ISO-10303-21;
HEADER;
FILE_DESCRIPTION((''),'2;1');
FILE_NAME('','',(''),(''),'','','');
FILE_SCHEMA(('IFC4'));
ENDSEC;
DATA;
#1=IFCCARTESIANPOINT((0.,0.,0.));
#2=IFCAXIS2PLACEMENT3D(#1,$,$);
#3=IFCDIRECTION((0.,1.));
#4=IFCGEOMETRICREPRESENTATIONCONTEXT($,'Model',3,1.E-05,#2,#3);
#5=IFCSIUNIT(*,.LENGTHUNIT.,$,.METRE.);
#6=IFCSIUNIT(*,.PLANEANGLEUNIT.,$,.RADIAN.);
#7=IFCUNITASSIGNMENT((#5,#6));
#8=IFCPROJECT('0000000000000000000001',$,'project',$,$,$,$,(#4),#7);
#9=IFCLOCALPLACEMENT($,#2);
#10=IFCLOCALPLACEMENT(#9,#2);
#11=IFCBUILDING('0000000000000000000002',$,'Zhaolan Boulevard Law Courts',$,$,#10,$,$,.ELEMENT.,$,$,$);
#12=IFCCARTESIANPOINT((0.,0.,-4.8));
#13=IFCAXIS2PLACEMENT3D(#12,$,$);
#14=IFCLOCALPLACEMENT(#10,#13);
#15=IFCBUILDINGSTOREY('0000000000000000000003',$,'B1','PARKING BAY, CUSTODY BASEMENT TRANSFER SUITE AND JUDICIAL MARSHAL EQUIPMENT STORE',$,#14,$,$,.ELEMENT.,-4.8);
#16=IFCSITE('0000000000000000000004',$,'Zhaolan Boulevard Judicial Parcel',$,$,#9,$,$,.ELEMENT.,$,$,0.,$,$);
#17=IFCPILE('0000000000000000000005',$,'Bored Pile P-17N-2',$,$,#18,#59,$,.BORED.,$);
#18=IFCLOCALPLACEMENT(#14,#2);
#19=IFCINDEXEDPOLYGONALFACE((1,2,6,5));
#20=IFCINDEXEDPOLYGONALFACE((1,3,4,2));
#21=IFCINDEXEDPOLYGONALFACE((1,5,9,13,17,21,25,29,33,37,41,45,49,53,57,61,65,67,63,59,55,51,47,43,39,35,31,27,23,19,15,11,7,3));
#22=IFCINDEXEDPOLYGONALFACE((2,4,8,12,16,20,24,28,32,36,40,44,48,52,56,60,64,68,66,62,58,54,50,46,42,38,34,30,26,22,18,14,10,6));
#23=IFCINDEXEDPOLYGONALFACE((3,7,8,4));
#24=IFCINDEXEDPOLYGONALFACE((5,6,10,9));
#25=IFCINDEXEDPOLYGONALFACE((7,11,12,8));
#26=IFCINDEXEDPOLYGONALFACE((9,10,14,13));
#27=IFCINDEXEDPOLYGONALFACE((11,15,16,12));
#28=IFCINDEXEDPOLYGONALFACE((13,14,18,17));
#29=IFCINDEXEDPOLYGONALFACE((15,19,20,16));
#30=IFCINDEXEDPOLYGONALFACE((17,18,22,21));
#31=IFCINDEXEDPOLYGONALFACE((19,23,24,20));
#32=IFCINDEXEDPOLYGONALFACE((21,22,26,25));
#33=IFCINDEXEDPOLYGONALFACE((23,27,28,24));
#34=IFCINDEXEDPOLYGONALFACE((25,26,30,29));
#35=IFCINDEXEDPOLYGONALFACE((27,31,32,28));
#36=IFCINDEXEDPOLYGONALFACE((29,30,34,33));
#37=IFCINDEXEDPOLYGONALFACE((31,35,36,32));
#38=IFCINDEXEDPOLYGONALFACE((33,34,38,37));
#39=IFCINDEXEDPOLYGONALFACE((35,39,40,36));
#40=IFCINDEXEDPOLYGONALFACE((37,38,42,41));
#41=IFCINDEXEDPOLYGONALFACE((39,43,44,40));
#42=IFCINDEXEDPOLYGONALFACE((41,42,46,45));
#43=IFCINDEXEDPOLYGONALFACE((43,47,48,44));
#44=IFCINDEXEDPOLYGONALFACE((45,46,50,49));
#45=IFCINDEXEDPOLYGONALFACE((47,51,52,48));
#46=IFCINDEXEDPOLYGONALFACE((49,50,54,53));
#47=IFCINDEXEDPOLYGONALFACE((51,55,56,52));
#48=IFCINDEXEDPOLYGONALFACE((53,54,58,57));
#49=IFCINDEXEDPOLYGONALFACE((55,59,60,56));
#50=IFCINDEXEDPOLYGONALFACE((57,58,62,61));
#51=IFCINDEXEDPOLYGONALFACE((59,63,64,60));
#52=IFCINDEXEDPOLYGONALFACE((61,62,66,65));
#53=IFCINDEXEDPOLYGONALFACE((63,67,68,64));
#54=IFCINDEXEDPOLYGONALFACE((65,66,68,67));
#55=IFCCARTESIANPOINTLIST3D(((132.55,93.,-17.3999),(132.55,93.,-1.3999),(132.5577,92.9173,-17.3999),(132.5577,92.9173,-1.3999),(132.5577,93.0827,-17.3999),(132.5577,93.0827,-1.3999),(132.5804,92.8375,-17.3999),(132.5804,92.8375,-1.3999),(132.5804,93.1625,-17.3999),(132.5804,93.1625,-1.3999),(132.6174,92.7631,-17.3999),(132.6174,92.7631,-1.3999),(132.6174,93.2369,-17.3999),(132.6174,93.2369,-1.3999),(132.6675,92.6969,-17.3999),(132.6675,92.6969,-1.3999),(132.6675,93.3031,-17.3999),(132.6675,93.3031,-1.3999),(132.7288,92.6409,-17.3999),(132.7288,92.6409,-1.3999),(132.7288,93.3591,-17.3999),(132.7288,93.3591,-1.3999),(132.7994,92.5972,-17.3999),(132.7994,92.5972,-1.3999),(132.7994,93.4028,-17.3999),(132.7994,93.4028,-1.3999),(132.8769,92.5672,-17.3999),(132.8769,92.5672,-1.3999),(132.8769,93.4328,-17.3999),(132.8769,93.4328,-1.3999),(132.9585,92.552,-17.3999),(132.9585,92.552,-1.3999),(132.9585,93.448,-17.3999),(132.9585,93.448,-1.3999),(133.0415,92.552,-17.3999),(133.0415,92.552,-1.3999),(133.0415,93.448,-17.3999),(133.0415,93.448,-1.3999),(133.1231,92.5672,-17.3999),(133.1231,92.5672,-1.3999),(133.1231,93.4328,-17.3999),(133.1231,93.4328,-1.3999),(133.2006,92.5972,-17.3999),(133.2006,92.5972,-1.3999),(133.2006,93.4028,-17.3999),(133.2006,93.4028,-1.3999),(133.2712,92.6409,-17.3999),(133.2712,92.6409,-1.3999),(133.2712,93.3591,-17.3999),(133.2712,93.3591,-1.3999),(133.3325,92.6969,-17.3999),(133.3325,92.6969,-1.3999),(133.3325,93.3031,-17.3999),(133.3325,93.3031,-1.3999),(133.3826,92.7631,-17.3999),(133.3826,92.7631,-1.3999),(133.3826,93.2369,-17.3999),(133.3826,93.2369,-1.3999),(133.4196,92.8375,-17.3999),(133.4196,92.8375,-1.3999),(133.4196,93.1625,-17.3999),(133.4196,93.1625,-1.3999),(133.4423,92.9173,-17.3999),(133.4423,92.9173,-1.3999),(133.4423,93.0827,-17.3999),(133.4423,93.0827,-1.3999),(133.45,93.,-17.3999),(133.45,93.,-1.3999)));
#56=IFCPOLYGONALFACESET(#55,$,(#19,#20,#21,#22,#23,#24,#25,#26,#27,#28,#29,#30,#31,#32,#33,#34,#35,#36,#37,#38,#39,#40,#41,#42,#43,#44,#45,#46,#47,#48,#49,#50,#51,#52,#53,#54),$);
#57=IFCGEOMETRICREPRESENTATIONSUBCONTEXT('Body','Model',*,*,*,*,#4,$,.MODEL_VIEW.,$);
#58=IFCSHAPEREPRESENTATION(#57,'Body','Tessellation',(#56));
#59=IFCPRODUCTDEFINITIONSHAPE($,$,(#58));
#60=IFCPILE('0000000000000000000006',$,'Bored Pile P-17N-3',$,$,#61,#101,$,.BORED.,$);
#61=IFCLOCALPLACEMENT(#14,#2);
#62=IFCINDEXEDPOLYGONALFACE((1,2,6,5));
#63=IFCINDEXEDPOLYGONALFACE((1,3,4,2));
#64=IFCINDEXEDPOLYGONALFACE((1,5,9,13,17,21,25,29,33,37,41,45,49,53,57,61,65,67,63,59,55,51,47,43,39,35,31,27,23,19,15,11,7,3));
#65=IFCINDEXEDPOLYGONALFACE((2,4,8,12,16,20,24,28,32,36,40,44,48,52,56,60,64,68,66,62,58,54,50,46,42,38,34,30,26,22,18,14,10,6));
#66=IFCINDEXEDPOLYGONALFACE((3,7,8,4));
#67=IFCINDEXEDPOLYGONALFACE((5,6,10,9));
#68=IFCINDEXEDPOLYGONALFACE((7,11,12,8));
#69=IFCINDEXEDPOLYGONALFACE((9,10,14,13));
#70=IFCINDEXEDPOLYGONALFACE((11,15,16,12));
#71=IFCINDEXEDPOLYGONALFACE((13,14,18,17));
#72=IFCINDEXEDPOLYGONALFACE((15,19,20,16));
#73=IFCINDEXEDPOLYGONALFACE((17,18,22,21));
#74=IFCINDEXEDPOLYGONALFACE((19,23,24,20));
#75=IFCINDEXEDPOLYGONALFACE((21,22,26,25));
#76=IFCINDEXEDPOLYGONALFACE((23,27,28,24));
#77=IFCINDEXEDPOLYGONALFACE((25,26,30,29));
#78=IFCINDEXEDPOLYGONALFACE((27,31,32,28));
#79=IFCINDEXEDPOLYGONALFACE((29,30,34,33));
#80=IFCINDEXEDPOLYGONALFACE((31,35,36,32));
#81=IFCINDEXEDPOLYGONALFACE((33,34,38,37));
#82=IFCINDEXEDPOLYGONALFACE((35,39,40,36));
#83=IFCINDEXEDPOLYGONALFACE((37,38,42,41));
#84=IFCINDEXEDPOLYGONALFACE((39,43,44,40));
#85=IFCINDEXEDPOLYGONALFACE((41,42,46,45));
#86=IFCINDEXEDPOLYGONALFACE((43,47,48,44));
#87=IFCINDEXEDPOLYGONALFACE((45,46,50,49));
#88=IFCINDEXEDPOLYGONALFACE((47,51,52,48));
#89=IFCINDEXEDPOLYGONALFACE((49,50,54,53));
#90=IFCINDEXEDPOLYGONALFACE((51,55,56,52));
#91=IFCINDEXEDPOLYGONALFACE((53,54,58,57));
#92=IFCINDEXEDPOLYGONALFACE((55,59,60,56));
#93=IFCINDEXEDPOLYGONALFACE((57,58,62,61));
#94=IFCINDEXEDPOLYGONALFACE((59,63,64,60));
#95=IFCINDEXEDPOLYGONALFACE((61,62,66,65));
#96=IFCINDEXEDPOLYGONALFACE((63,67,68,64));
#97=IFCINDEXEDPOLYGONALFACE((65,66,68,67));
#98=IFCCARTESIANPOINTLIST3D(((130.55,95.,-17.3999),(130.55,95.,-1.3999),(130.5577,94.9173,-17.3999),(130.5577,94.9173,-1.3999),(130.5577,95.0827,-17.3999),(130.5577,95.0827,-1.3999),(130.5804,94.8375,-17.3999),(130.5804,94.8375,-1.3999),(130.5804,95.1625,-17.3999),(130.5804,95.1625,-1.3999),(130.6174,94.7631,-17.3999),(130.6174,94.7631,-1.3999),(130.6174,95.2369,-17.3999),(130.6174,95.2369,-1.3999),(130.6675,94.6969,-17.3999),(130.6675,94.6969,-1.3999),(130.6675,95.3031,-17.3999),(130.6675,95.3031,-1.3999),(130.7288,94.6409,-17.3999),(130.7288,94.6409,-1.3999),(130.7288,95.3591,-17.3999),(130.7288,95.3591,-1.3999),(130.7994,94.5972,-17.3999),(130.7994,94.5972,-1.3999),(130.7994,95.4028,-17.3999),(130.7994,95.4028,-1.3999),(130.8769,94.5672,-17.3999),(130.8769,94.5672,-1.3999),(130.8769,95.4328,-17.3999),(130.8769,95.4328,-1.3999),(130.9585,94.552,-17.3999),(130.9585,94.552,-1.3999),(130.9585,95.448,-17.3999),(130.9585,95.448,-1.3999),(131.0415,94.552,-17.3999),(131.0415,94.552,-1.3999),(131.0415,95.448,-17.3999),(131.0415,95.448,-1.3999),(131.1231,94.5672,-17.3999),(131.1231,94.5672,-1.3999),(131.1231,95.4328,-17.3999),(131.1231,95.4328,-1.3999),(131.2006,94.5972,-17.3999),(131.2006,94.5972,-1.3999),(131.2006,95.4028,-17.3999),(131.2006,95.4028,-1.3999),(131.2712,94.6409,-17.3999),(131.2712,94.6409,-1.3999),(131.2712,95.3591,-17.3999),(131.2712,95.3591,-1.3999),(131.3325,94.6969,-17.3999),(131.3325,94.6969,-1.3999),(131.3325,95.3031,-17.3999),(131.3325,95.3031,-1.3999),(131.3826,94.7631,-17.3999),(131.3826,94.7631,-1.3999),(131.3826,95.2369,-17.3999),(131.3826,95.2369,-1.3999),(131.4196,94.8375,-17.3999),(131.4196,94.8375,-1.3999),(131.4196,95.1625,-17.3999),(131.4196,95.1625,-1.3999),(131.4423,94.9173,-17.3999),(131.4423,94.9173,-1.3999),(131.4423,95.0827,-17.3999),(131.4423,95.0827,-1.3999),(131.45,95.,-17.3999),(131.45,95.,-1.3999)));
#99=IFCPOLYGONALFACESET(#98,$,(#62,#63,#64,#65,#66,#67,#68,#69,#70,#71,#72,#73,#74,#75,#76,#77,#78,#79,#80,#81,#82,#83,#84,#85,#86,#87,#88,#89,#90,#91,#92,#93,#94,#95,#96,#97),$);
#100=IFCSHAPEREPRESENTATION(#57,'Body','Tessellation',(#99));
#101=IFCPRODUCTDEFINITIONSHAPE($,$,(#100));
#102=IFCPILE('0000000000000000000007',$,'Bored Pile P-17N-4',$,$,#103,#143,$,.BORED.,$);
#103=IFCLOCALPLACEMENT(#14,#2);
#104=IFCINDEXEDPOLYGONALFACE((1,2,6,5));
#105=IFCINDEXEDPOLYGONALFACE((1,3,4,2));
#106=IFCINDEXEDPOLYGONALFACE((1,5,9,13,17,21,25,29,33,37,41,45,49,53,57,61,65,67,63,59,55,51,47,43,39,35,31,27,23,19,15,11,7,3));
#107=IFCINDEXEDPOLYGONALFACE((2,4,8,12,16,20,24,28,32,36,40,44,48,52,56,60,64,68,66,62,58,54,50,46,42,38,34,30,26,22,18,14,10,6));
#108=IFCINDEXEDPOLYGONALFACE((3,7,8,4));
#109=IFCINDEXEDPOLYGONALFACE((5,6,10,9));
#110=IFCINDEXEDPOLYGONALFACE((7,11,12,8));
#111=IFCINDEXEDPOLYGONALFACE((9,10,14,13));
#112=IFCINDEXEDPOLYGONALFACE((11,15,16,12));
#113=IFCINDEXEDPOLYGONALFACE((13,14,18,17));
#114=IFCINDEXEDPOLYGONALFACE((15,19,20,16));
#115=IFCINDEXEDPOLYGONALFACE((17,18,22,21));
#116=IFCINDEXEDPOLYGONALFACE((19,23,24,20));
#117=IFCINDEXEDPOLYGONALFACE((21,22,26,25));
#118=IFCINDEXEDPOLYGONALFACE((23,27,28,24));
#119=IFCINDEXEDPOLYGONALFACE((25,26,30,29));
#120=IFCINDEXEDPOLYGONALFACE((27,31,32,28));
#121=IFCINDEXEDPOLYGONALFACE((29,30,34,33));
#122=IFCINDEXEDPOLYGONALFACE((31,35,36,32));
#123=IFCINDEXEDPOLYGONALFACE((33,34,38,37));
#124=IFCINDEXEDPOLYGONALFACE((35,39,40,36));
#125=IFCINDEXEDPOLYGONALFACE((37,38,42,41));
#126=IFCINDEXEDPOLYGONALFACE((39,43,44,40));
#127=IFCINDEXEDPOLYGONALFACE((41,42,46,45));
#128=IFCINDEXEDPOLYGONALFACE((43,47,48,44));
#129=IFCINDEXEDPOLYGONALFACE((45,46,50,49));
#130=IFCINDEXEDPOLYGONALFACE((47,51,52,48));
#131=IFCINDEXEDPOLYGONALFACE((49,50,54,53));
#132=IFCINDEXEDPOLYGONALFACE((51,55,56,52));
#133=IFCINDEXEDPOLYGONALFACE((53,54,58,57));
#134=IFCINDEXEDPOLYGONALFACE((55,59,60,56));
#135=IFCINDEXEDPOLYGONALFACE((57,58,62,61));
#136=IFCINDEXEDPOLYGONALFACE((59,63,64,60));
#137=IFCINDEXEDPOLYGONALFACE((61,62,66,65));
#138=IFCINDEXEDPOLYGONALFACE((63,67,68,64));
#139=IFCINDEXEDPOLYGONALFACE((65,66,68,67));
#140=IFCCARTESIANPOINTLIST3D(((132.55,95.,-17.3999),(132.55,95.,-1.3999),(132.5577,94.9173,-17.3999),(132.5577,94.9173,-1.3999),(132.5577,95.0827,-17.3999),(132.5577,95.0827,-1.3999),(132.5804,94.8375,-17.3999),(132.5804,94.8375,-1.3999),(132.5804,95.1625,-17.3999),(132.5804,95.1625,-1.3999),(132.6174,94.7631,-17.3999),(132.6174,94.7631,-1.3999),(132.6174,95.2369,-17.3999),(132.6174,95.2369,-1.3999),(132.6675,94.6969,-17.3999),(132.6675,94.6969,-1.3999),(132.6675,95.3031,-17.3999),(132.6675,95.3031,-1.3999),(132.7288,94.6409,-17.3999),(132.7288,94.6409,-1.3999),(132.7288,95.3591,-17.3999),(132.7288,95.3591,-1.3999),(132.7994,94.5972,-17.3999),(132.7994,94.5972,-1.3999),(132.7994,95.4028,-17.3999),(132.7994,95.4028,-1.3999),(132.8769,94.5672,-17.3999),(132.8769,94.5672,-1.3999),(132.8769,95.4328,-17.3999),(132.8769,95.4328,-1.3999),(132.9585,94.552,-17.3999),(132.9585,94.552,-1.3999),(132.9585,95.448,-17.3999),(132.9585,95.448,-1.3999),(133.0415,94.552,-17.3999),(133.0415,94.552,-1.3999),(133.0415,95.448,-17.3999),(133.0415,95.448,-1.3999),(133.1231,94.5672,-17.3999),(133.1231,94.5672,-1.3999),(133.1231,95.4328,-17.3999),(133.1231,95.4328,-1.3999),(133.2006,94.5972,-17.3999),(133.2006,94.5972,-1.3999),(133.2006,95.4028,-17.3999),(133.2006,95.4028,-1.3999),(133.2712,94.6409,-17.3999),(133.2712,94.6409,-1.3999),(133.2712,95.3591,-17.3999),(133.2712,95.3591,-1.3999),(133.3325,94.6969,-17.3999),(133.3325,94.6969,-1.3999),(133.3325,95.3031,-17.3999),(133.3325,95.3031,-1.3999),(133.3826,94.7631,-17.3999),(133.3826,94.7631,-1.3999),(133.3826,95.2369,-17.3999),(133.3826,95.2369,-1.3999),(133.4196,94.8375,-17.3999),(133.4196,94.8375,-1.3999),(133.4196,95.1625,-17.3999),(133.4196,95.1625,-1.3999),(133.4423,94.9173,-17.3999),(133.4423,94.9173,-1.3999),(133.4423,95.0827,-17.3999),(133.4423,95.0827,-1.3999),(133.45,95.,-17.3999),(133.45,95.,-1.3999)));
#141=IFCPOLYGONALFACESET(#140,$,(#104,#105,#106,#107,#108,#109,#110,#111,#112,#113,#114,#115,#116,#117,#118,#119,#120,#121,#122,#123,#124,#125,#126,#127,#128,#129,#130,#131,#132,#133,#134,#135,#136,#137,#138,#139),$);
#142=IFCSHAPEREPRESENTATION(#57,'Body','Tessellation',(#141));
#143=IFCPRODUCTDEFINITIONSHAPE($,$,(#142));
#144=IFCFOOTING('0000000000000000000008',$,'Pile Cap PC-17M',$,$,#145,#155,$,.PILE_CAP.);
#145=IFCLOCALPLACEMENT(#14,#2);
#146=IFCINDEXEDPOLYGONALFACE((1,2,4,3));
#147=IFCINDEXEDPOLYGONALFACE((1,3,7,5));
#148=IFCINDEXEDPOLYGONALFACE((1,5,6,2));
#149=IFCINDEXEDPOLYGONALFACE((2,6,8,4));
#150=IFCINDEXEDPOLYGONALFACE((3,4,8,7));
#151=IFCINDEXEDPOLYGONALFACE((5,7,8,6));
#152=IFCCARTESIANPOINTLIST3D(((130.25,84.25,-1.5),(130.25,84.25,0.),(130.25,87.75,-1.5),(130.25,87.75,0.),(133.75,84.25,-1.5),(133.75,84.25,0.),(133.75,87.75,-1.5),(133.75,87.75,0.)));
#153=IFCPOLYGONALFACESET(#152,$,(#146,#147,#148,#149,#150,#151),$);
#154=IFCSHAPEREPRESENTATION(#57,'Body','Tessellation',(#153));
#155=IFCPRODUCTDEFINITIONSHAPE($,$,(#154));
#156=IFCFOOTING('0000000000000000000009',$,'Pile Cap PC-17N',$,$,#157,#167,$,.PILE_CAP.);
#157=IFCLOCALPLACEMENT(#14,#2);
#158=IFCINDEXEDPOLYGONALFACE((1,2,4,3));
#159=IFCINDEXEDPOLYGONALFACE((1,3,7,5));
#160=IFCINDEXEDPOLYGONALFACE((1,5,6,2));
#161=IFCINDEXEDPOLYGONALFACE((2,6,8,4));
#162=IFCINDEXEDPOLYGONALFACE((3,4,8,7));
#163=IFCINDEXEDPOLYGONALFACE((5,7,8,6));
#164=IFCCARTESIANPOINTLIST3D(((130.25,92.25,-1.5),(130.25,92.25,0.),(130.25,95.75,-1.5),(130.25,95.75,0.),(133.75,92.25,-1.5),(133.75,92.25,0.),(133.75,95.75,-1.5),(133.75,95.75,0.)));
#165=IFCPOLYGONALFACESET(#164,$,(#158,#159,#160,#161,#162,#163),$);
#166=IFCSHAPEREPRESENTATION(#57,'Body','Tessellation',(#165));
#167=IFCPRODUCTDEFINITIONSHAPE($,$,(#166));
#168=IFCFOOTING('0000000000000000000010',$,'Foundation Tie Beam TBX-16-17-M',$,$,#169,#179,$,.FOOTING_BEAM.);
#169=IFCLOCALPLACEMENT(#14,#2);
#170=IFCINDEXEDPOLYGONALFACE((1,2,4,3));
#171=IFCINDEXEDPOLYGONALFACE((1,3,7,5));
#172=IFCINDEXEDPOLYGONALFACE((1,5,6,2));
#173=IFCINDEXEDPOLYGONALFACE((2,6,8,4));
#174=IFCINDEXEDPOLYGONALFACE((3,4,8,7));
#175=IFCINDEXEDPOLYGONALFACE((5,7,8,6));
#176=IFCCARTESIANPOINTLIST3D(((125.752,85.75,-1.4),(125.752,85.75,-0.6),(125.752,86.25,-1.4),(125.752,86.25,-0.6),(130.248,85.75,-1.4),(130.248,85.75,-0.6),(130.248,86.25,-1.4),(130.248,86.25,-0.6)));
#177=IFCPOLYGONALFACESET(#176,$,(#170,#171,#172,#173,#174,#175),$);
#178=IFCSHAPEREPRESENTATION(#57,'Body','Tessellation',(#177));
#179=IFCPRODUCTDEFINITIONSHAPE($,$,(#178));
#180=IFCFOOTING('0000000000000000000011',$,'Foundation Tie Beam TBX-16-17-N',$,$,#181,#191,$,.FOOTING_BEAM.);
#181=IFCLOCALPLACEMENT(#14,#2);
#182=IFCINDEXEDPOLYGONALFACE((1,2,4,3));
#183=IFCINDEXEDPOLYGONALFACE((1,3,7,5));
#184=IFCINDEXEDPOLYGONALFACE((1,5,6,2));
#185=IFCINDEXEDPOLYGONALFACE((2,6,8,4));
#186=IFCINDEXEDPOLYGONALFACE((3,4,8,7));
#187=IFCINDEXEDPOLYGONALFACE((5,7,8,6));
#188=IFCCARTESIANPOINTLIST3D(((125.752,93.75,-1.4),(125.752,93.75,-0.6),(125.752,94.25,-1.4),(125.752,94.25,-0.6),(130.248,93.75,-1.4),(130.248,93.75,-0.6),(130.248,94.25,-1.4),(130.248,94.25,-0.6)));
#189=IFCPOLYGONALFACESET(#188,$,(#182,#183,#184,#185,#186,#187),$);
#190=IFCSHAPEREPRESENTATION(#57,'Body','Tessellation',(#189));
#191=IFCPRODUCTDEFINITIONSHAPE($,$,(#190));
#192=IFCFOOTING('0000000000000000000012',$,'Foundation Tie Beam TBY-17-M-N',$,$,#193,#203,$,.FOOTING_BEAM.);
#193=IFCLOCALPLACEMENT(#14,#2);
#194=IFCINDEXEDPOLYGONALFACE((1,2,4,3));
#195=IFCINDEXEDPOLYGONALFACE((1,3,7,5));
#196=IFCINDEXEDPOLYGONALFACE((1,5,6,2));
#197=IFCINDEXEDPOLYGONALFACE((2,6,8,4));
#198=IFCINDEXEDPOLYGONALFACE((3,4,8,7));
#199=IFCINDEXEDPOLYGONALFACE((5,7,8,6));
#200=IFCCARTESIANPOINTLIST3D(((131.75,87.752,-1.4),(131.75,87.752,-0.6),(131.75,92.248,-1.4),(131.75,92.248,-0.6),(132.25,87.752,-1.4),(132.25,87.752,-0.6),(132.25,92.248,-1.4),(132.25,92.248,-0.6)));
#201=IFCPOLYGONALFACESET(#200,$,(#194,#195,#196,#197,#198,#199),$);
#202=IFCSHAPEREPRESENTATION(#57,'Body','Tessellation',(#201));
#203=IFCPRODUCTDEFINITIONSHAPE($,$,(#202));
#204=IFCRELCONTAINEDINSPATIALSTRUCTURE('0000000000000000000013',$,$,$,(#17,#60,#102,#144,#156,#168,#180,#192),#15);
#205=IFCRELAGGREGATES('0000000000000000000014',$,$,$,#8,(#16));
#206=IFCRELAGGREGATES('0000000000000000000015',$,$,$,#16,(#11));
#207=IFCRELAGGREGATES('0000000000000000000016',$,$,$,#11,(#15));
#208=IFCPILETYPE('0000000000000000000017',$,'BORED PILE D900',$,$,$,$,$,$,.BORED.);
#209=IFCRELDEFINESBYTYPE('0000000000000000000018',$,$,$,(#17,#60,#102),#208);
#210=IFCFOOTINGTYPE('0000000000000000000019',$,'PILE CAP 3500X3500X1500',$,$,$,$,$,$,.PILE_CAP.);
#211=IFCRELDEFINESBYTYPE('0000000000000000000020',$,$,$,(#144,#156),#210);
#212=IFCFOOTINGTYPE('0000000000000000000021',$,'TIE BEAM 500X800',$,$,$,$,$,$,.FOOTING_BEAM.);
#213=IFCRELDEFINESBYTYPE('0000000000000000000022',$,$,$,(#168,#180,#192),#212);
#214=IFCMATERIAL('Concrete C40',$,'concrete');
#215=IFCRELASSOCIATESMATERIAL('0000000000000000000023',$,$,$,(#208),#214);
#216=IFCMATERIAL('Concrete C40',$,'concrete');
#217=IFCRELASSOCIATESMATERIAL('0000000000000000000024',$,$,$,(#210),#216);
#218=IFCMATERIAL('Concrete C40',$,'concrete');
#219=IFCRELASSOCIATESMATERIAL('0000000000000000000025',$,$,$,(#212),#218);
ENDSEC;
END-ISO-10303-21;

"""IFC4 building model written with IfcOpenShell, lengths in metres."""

from ifc_helpers import new_model, si_unit, direction, frame, origin, origin_2d, place, context, subcontext, project, spatial, rectangle, circle, extrude, material, material_profile, profile_set, type_object, element, save


model = new_model("IFC4")

# Units and contexts
model_context = context("Model", 3, precision=1e-05, world=origin(), true_north=direction((0.0, 1.0)))
body_context = subcontext(model_context, "Body", "Model", "MODEL_VIEW")
ifc_project = project(units=[si_unit("LENGTHUNIT", "METRE"), si_unit("PLANEANGLEUNIT", "RADIAN")], contexts=[model_context])

# Site, building, storey
site_placement = place(None, origin())
site = spatial("IfcSite", under=ifc_project, at=site_placement, Name="Zhaolan Boulevard Judicial Parcel", CompositionType="ELEMENT", RefElevation=0.0)
building_placement = place(site_placement, origin())
building = spatial("IfcBuilding", under=site, at=building_placement, Name="Zhaolan Boulevard Law Courts", CompositionType="ELEMENT")
storey_placement = place(building_placement, frame((0.0, 0.0, -4.8)))
storey = spatial("IfcBuildingStorey", under=building, at=storey_placement, Name="B1", Description="PARKING BAY, CUSTODY BASEMENT TRANSFER SUITE AND JUDICIAL MARSHAL EQUIPMENT STORE", CompositionType="ELEMENT", Elevation=-4.8)

# Piles
ifc_material_1 = material(Name="Concrete C40", Category="concrete")
ifc_material_profile_1 = material_profile(ifc_material_1, circle(Radius=0.45, at=origin_2d()), Name="PILE-D900")
ifc_profile_set_1 = profile_set([ifc_material_profile_1], Name="Concrete C40")
pile_type = type_object("IfcPileType", Name="BORED PILE D900", PredefinedType="BORED", material=ifc_profile_set_1)
for number, where, z_axis, x_axis, name in (
    (1, (133.0, 93.0, -1.3999), (0.0, 0.0, -1.0), (1.0, 0.0, 0.0), "Bored Pile P-17N-2"),
    (2, (131.0, 95.0, -1.3999), (0.0, 0.0, -1.0), (1.0, 0.0, 0.0), "Bored Pile P-17N-3"),
    (3, (133.0, 95.0, -1.3999), (0.0, 0.0, -1.0), (1.0, 0.0, 0.0), "Bored Pile P-17N-4"),
):
    element("IfcPile", number, at=place(storey_placement, frame(where, z_axis=z_axis, x_axis=x_axis)), inside=storey, type_object=pile_type, Name=name, PredefinedType="BORED", context=body_context, shape_type="SweptSolid", body=[
        extrude(circle(Radius=0.45, at=origin_2d()), origin(), (0.0, 0.0, 1.0), 16.0),
    ])

# Footings
ifc_material_2 = material(Name="Concrete C40", Category="concrete")
footing_type_1 = type_object("IfcFootingType", Name="PILE CAP 3500X3500X1500", PredefinedType="PILE_CAP", material=ifc_material_2)
for number, where, z_axis, x_axis, name in (
    (4, (132.0, 86.0, -1.5), (0.0, 0.0, 1.0), (1.0, 0.0, 0.0), "Pile Cap PC-17M"),
    (5, (132.0, 94.0, -1.5), (0.0, 0.0, 1.0), (1.0, 0.0, 0.0), "Pile Cap PC-17N"),
):
    element("IfcFooting", number, at=place(storey_placement, frame(where, z_axis=z_axis, x_axis=x_axis)), inside=storey, type_object=footing_type_1, Name=name, PredefinedType="PILE_CAP", context=body_context, shape_type="SweptSolid", body=[
        extrude(rectangle(XDim=3.5, YDim=3.5, at=origin_2d()), origin(), (0.0, 0.0, 1.0), 1.5),
    ])
ifc_material_3 = material(Name="Concrete C40", Category="concrete")
ifc_material_profile_2 = material_profile(ifc_material_3, rectangle(XDim=0.5, YDim=0.8, at=origin_2d()), Name="RC500x800")
ifc_profile_set_2 = profile_set([ifc_material_profile_2], Name="Concrete C40")
footing_type_2 = type_object("IfcFootingType", Name="TIE BEAM 500X800", PredefinedType="FOOTING_BEAM", material=ifc_profile_set_2)
for number, where, z_axis, x_axis, name in (
    (6, (125.752, 86.0, -1.0), (1.0, 0.0, 0.0), (0.0, 1.0, 0.0), "Foundation Tie Beam TBX-16-17-M"),
    (7, (125.752, 94.0, -1.0), (1.0, 0.0, 0.0), (0.0, 1.0, 0.0), "Foundation Tie Beam TBX-16-17-N"),
    (8, (132.0, 87.752, -1.0), (0.0, 1.0, 0.0), (-1.0, 0.0, 0.0), "Foundation Tie Beam TBY-17-M-N"),
):
    element("IfcFooting", number, at=place(storey_placement, frame(where, z_axis=z_axis, x_axis=x_axis)), inside=storey, type_object=footing_type_2, Name=name, PredefinedType="FOOTING_BEAM", context=body_context, shape_type="SweptSolid", body=[
        extrude(rectangle(XDim=0.5, YDim=0.8, at=origin_2d()), origin(), (0.0, 0.0, 1.0), 4.4961),
    ])

save(model, "model.ifc")
